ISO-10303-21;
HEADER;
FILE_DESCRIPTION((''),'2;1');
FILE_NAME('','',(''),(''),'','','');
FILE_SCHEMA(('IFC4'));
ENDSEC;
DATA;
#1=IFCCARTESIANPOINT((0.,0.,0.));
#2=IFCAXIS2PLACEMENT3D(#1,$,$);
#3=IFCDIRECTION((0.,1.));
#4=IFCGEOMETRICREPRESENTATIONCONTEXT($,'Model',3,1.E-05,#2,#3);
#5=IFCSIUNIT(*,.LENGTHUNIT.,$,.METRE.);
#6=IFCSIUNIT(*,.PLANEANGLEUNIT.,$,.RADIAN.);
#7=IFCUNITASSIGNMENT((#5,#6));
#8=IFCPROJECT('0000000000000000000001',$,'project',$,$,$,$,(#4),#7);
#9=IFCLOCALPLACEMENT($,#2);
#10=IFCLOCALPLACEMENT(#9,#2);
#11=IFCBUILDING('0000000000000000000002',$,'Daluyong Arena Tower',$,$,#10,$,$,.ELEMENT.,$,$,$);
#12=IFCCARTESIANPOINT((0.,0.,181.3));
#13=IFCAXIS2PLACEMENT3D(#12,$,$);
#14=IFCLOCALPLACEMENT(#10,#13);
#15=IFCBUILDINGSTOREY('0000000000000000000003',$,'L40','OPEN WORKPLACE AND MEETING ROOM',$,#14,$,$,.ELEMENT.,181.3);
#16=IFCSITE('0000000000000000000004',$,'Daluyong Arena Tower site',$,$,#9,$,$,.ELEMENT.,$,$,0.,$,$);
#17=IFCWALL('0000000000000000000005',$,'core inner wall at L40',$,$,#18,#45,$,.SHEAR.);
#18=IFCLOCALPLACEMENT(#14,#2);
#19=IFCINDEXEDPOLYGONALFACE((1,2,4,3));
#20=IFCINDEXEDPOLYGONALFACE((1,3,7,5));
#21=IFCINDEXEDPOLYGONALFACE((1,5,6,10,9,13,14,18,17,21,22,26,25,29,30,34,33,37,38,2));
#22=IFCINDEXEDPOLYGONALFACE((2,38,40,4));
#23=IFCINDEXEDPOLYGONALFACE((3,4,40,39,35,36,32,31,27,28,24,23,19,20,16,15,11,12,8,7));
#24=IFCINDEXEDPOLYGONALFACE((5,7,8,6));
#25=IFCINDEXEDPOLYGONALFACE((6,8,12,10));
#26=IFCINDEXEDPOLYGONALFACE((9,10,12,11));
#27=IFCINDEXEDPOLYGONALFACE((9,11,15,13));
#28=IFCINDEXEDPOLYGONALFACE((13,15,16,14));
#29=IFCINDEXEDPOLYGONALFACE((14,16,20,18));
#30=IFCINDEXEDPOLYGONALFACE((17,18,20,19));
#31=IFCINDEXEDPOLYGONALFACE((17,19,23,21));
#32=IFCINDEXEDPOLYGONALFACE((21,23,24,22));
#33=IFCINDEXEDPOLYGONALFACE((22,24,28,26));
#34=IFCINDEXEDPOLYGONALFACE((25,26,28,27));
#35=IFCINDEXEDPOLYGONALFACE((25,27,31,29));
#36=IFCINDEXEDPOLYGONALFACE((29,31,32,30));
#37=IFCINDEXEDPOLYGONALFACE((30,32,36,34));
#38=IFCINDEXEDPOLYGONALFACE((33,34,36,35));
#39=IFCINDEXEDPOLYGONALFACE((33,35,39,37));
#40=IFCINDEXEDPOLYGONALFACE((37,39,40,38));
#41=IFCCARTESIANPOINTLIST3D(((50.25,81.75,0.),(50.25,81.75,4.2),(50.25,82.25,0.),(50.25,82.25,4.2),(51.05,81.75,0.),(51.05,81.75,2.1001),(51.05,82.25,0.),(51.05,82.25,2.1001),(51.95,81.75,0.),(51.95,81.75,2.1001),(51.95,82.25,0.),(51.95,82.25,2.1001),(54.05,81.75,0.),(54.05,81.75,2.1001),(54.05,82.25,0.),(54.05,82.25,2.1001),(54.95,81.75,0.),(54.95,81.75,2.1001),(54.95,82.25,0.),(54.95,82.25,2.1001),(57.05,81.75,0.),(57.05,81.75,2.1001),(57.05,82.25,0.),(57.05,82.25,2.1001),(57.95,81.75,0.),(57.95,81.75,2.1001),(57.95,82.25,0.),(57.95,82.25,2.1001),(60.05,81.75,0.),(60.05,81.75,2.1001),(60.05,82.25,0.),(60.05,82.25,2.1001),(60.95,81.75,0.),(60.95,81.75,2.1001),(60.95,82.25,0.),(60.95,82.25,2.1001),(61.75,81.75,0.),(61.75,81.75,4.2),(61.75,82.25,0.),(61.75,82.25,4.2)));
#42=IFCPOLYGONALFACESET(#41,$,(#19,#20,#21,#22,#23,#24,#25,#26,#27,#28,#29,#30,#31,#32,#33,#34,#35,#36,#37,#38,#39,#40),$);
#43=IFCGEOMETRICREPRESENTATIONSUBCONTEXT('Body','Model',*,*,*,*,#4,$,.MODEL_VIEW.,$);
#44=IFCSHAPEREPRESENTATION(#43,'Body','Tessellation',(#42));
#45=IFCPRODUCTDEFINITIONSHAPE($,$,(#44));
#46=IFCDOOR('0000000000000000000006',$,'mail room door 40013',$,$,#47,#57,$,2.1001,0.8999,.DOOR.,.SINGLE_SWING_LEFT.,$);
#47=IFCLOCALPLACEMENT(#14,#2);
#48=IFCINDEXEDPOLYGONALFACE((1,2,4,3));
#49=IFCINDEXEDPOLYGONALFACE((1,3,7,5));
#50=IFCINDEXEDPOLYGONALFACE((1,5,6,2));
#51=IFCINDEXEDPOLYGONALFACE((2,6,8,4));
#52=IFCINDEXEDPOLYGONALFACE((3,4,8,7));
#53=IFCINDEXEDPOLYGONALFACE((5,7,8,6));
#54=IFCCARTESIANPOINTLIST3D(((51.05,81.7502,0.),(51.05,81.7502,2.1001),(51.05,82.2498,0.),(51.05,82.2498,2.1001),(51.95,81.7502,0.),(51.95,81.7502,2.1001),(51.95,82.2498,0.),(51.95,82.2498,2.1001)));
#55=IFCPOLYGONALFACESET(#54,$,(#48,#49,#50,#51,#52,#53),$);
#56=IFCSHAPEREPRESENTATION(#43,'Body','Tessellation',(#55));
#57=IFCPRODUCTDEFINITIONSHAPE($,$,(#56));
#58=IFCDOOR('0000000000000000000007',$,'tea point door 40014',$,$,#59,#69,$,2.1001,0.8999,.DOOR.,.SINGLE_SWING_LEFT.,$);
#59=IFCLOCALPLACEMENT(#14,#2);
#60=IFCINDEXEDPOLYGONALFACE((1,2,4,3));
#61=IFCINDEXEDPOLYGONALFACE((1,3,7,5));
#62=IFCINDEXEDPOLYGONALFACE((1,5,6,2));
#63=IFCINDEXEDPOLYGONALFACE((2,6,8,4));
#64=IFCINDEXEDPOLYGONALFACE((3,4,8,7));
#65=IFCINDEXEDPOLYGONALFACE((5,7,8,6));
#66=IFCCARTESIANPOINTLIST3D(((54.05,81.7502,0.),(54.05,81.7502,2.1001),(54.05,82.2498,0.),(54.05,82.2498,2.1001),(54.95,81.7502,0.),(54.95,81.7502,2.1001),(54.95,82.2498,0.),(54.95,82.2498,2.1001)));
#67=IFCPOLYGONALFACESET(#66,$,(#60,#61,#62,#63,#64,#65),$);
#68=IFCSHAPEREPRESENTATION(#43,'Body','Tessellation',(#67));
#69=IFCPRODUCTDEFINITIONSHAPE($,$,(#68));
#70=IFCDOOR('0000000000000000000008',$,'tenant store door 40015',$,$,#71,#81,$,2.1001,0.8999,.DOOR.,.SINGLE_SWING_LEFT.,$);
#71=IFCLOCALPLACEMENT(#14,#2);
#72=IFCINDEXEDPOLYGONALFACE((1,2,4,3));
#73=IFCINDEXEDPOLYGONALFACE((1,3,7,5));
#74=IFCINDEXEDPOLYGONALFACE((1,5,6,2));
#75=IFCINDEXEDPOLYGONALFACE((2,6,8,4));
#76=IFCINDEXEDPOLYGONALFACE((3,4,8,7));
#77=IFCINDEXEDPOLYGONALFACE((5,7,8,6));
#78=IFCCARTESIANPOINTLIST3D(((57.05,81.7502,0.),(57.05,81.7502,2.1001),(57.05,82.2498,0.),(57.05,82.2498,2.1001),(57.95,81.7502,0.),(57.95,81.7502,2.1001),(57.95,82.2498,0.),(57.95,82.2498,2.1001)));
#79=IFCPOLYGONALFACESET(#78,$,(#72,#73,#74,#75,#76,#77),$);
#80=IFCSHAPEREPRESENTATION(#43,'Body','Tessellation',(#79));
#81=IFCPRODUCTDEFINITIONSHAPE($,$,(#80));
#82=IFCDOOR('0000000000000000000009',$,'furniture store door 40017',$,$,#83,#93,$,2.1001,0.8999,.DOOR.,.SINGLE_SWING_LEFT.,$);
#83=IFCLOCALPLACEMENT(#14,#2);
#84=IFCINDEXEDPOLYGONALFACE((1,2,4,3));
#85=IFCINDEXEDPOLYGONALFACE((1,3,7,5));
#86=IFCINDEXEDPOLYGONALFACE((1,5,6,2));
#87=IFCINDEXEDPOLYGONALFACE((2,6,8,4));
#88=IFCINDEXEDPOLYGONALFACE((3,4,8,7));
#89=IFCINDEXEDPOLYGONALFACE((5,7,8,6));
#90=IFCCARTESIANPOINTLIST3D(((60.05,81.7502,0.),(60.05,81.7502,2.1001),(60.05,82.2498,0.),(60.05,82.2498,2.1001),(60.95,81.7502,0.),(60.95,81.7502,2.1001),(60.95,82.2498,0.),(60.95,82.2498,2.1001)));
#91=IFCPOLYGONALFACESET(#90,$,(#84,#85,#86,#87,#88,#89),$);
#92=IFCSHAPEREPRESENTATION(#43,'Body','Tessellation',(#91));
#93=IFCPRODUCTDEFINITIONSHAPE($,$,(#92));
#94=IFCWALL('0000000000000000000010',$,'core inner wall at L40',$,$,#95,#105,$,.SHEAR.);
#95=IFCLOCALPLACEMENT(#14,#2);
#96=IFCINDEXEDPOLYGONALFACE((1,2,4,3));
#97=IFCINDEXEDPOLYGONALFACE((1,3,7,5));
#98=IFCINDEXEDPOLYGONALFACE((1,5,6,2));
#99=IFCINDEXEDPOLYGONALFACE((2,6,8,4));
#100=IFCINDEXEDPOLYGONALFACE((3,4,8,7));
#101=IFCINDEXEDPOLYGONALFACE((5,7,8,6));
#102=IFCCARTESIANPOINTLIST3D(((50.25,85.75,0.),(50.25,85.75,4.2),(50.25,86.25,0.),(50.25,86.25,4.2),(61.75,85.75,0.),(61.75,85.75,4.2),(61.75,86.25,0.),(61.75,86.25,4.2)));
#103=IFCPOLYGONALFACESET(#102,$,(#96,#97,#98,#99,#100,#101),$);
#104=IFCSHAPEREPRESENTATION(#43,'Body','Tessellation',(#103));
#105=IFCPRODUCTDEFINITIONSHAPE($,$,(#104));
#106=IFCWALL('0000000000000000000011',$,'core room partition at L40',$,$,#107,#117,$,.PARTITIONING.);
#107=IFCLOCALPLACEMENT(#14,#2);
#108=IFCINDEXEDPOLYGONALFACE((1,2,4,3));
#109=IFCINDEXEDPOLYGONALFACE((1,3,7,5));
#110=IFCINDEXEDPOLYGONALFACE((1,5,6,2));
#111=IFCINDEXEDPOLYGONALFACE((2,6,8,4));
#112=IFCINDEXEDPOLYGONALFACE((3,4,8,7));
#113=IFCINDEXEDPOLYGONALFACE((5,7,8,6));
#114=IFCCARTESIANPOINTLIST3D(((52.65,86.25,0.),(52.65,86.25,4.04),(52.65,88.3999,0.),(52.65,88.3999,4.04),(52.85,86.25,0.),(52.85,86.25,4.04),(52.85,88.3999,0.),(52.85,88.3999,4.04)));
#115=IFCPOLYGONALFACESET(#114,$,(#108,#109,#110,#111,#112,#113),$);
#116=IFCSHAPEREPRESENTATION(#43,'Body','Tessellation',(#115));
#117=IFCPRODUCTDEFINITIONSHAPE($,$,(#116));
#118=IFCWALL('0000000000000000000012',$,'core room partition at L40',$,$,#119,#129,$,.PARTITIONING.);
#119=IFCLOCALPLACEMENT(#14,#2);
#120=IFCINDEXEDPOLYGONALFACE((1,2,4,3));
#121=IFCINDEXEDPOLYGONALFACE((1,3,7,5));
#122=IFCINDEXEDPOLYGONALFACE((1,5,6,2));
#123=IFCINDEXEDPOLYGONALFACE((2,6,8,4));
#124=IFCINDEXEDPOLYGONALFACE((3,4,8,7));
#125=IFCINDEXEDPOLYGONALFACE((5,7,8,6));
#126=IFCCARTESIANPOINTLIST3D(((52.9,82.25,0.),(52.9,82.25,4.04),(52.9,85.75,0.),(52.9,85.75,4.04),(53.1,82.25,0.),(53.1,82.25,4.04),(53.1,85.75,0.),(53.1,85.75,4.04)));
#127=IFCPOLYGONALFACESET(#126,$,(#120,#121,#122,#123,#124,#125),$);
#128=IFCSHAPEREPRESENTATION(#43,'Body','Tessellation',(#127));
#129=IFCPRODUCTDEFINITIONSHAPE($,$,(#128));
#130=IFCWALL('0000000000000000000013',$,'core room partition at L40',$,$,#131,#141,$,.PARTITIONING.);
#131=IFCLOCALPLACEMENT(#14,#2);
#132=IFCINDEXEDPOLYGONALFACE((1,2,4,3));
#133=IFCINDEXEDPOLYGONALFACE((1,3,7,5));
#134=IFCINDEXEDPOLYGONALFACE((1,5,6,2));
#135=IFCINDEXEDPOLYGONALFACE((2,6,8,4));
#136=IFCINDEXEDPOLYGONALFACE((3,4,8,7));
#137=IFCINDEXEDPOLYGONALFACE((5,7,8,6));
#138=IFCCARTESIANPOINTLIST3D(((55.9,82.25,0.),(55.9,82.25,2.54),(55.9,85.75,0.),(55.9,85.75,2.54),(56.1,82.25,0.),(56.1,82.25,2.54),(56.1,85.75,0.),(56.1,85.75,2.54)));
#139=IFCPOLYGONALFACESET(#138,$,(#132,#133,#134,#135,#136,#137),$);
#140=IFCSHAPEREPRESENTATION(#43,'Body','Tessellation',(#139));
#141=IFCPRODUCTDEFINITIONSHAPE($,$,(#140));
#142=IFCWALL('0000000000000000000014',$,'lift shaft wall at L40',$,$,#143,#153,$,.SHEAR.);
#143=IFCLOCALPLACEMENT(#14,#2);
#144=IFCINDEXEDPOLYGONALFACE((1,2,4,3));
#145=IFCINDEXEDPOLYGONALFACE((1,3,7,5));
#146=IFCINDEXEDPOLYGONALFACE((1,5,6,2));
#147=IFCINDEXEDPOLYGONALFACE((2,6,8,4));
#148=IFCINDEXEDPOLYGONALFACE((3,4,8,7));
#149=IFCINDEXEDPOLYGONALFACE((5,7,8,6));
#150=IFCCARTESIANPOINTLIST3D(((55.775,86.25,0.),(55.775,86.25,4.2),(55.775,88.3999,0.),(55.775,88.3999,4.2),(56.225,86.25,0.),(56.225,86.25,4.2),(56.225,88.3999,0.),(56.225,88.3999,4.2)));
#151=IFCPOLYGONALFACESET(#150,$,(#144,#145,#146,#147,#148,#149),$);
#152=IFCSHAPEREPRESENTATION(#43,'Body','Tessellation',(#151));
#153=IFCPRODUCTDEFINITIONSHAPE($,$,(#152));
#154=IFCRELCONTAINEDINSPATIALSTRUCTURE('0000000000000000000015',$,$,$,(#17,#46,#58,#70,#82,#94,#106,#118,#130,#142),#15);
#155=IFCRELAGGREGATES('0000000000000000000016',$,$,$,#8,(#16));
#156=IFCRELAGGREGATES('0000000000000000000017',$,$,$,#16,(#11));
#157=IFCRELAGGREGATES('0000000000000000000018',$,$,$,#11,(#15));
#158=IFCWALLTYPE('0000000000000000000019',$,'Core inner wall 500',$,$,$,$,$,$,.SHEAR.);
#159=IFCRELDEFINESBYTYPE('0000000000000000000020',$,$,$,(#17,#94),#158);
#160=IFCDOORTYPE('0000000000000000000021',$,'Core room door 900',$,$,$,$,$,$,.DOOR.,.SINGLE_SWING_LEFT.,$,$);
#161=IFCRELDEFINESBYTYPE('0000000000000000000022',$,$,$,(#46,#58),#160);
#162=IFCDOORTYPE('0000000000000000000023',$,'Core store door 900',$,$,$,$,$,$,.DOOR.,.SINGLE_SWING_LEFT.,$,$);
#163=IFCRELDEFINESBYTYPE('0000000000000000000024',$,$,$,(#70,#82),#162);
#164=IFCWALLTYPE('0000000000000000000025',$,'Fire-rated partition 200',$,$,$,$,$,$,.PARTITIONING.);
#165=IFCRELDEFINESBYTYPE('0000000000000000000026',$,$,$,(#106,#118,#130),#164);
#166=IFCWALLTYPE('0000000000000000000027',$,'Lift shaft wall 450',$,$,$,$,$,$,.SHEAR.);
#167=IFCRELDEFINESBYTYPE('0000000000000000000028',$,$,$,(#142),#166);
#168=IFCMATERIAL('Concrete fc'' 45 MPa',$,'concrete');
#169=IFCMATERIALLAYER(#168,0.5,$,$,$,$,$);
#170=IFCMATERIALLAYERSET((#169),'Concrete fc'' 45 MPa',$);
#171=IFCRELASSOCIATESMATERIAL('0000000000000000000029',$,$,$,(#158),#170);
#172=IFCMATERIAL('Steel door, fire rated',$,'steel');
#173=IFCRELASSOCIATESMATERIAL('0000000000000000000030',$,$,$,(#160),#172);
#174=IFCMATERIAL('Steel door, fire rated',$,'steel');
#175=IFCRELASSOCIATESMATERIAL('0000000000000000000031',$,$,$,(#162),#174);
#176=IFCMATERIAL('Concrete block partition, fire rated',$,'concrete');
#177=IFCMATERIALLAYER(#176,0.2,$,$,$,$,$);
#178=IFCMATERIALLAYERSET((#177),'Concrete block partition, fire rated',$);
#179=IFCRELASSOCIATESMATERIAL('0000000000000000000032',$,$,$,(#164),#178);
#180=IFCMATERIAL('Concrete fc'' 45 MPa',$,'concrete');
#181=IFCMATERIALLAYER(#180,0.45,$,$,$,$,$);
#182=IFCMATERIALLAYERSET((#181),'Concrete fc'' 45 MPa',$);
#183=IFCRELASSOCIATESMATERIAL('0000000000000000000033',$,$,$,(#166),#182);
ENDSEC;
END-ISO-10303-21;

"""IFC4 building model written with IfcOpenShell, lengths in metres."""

from ifc_helpers import new_model, si_unit, direction, frame, frame_2d, origin, place, context, subcontext, project, spatial, rectangle, extrude, material, layer, layer_set, type_object, element, fill, save


model = new_model("IFC4")

# Units and contexts
model_context = context("Model", 3, precision=1e-05, world=origin(), true_north=direction((0.0, 1.0)))
body_context = subcontext(model_context, "Body", "Model", "MODEL_VIEW")
ifc_project = project(units=[si_unit("LENGTHUNIT", "METRE"), si_unit("PLANEANGLEUNIT", "RADIAN")], contexts=[model_context])

# Site, building, storey
site_placement = place(None, origin())
site = spatial("IfcSite", under=ifc_project, at=site_placement, Name="Daluyong Arena Tower site", CompositionType="ELEMENT", RefElevation=0.0)
building_placement = place(site_placement, origin())
building = spatial("IfcBuilding", under=site, at=building_placement, Name="Daluyong Arena Tower", CompositionType="ELEMENT")
storey_placement = place(building_placement, frame((0.0, 0.0, 181.3)))
storey = spatial("IfcBuildingStorey", under=building, at=storey_placement, Name="L40", Description="OPEN WORKPLACE AND MEETING ROOM", CompositionType="ELEMENT", Elevation=181.3)

# Wall, openings, doors
ifc_material_1 = material(Name="Concrete fc' 45 MPa", Category="concrete")
ifc_layer_1 = layer(ifc_material_1, 0.5)
ifc_layer_set_1 = layer_set([ifc_layer_1], Name="Concrete fc' 45 MPa")
wall_type_1 = type_object("IfcWallType", Name="Core inner wall 500", PredefinedType="SHEAR", material=ifc_layer_set_1)
ifc_material_2 = material(Name="Steel door, fire rated", Category="steel")
door_type_1 = type_object("IfcDoorType", Name="Core room door 900", OperationType="SINGLE_SWING_LEFT", PredefinedType="DOOR", material=ifc_material_2)
ifc_material_3 = material(Name="Steel door, fire rated", Category="steel")
door_type_2 = type_object("IfcDoorType", Name="Core store door 900", OperationType="SINGLE_SWING_LEFT", PredefinedType="DOOR", material=ifc_material_3)
wall_1_placement = place(storey_placement, frame((50.25, 82.0, 0.0), z_axis=(0.0, 0.0, 1.0), x_axis=(1.0, 0.0, 0.0)))
wall_1 = element("IfcWall", 1, at=wall_1_placement, inside=storey, type_object=wall_type_1, Name="core inner wall at L40", PredefinedType="SHEAR", context=body_context, shape_type="SweptSolid", body=[
    extrude(rectangle(XDim=11.5, YDim=0.5, at=frame_2d((5.75, 0.0))), origin(), (0.0, 0.0, 1.0), 4.2),
])
opening_1_placement = place(wall_1_placement, frame((0.8, 0.0, 0.0)))
opening_1 = element("IfcOpeningElement", 2, at=opening_1_placement, cuts=wall_1, PredefinedType="OPENING", context=body_context, shape_type="SweptSolid", body=[
    extrude(rectangle(XDim=0.8999, YDim=2.1001, at=frame_2d((0.45, 1.05))), frame((0.0, 0.26, 0.0), z_axis=(0.0, -1.0, 0.0), x_axis=(1.0, 0.0, 0.0)), (0.0, 0.0, 1.0), 0.52),
])
opening_2_placement = place(wall_1_placement, frame((3.8, 0.0, 0.0)))
opening_2 = element("IfcOpeningElement", 3, at=opening_2_placement, cuts=wall_1, PredefinedType="OPENING", context=body_context, shape_type="SweptSolid", body=[
    extrude(rectangle(XDim=0.8999, YDim=2.1001, at=frame_2d((0.45, 1.05))), frame((0.0, 0.26, 0.0), z_axis=(0.0, -1.0, 0.0), x_axis=(1.0, 0.0, 0.0)), (0.0, 0.0, 1.0), 0.52),
])
opening_3_placement = place(wall_1_placement, frame((6.8, 0.0, 0.0)))
opening_3 = element("IfcOpeningElement", 4, at=opening_3_placement, cuts=wall_1, PredefinedType="OPENING", context=body_context, shape_type="SweptSolid", body=[
    extrude(rectangle(XDim=0.8999, YDim=2.1001, at=frame_2d((0.45, 1.05))), frame((0.0, 0.26, 0.0), z_axis=(0.0, -1.0, 0.0), x_axis=(1.0, 0.0, 0.0)), (0.0, 0.0, 1.0), 0.52),
])
opening_4_placement = place(wall_1_placement, frame((9.8, 0.0, 0.0)))
opening_4 = element("IfcOpeningElement", 5, at=opening_4_placement, cuts=wall_1, PredefinedType="OPENING", context=body_context, shape_type="SweptSolid", body=[
    extrude(rectangle(XDim=0.8999, YDim=2.1001, at=frame_2d((0.45, 1.05))), frame((0.0, 0.26, 0.0), z_axis=(0.0, -1.0, 0.0), x_axis=(1.0, 0.0, 0.0)), (0.0, 0.0, 1.0), 0.52),
])
door_1_placement = place(opening_1_placement, origin())
door_1 = element("IfcDoor", 6, at=door_1_placement, inside=storey, type_object=door_type_1, Name="mail room door 40013", OperationType="SINGLE_SWING_LEFT", OverallHeight=2.1001, OverallWidth=0.8999, PredefinedType="DOOR", context=body_context, shape_type="SweptSolid", body=[
    extrude(rectangle(XDim=0.8999, YDim=2.1001, at=frame_2d((0.45, 1.05))), frame((0.0, 0.2498, 0.0), z_axis=(0.0, -1.0, 0.0), x_axis=(1.0, 0.0, 0.0)), (0.0, 0.0, 1.0), 0.4995),
])
fill(opening_1, door_1)
door_2_placement = place(opening_2_placement, origin())
door_2 = element("IfcDoor", 7, at=door_2_placement, inside=storey, type_object=door_type_1, Name="tea point door 40014", OperationType="SINGLE_SWING_LEFT", OverallHeight=2.1001, OverallWidth=0.8999, PredefinedType="DOOR", context=body_context, shape_type="SweptSolid", body=[
    extrude(rectangle(XDim=0.8999, YDim=2.1001, at=frame_2d((0.45, 1.05))), frame((0.0, 0.2498, 0.0), z_axis=(0.0, -1.0, 0.0), x_axis=(1.0, 0.0, 0.0)), (0.0, 0.0, 1.0), 0.4995),
])
fill(opening_2, door_2)
door_3_placement = place(opening_3_placement, origin())
door_3 = element("IfcDoor", 8, at=door_3_placement, inside=storey, type_object=door_type_2, Name="tenant store door 40015", OperationType="SINGLE_SWING_LEFT", OverallHeight=2.1001, OverallWidth=0.8999, PredefinedType="DOOR", context=body_context, shape_type="SweptSolid", body=[
    extrude(rectangle(XDim=0.8999, YDim=2.1001, at=frame_2d((0.45, 1.05))), frame((0.0, 0.2498, 0.0), z_axis=(0.0, -1.0, 0.0), x_axis=(1.0, 0.0, 0.0)), (0.0, 0.0, 1.0), 0.4995),
])
fill(opening_3, door_3)
door_4_placement = place(opening_4_placement, origin())
door_4 = element("IfcDoor", 9, at=door_4_placement, inside=storey, type_object=door_type_2, Name="furniture store door 40017", OperationType="SINGLE_SWING_LEFT", OverallHeight=2.1001, OverallWidth=0.8999, PredefinedType="DOOR", context=body_context, shape_type="SweptSolid", body=[
    extrude(rectangle(XDim=0.8999, YDim=2.1001, at=frame_2d((0.45, 1.05))), frame((0.0, 0.2498, 0.0), z_axis=(0.0, -1.0, 0.0), x_axis=(1.0, 0.0, 0.0)), (0.0, 0.0, 1.0), 0.4995),
])
fill(opening_4, door_4)

# Walls
wall_2_placement = place(storey_placement, frame((50.25, 86.0, 0.0), z_axis=(0.0, 0.0, 1.0), x_axis=(1.0, 0.0, 0.0)))
element("IfcWall", 10, at=wall_2_placement, inside=storey, type_object=wall_type_1, Name="core inner wall at L40", PredefinedType="SHEAR", context=body_context, shape_type="SweptSolid", body=[
    extrude(rectangle(XDim=11.5, YDim=0.5, at=frame_2d((5.75, 0.0))), origin(), (0.0, 0.0, 1.0), 4.2),
])
ifc_material_4 = material(Name="Concrete block partition, fire rated", Category="concrete")
ifc_layer_2 = layer(ifc_material_4, 0.2)
ifc_layer_set_2 = layer_set([ifc_layer_2], Name="Concrete block partition, fire rated")
wall_type_2 = type_object("IfcWallType", Name="Fire-rated partition 200", PredefinedType="PARTITIONING", material=ifc_layer_set_2)
wall_3_placement = place(storey_placement, frame((52.75, 86.25, 0.0), z_axis=(0.0, 0.0, 1.0), x_axis=(0.0, 1.0, 0.0)))
element("IfcWall", 11, at=wall_3_placement, inside=storey, type_object=wall_type_2, Name="core room partition at L40", PredefinedType="PARTITIONING", context=body_context, shape_type="SweptSolid", body=[
    extrude(rectangle(XDim=2.1499, YDim=0.2, at=frame_2d((1.075, 0.0))), origin(), (0.0, 0.0, 1.0), 4.04),
])
wall_4_placement = place(storey_placement, frame((53.0, 82.25, 0.0), z_axis=(0.0, 0.0, 1.0), x_axis=(0.0, 1.0, 0.0)))
element("IfcWall", 12, at=wall_4_placement, inside=storey, type_object=wall_type_2, Name="core room partition at L40", PredefinedType="PARTITIONING", context=body_context, shape_type="SweptSolid", body=[
    extrude(rectangle(XDim=3.5, YDim=0.2, at=frame_2d((1.75, 0.0))), origin(), (0.0, 0.0, 1.0), 4.04),
])
wall_5_placement = place(storey_placement, frame((56.0, 82.25, 0.0), z_axis=(0.0, 0.0, 1.0), x_axis=(0.0, 1.0, 0.0)))
element("IfcWall", 13, at=wall_5_placement, inside=storey, type_object=wall_type_2, Name="core room partition at L40", PredefinedType="PARTITIONING", context=body_context, shape_type="SweptSolid", body=[
    extrude(rectangle(XDim=3.5, YDim=0.2, at=frame_2d((1.75, 0.0))), origin(), (0.0, 0.0, 1.0), 2.54),
])
ifc_material_5 = material(Name="Concrete fc' 45 MPa", Category="concrete")
ifc_layer_3 = layer(ifc_material_5, 0.45)
ifc_layer_set_3 = layer_set([ifc_layer_3], Name="Concrete fc' 45 MPa")
wall_type_3 = type_object("IfcWallType", Name="Lift shaft wall 450", PredefinedType="SHEAR", material=ifc_layer_set_3)
wall_6_placement = place(storey_placement, frame((56.0, 86.25, 0.0), z_axis=(0.0, 0.0, 1.0), x_axis=(0.0, 1.0, 0.0)))
element("IfcWall", 14, at=wall_6_placement, inside=storey, type_object=wall_type_3, Name="lift shaft wall at L40", PredefinedType="SHEAR", context=body_context, shape_type="SweptSolid", body=[
    extrude(rectangle(XDim=2.1499, YDim=0.45, at=frame_2d((1.075, 0.0))), origin(), (0.0, 0.0, 1.0), 4.2),
])

save(model, "model.ifc")
